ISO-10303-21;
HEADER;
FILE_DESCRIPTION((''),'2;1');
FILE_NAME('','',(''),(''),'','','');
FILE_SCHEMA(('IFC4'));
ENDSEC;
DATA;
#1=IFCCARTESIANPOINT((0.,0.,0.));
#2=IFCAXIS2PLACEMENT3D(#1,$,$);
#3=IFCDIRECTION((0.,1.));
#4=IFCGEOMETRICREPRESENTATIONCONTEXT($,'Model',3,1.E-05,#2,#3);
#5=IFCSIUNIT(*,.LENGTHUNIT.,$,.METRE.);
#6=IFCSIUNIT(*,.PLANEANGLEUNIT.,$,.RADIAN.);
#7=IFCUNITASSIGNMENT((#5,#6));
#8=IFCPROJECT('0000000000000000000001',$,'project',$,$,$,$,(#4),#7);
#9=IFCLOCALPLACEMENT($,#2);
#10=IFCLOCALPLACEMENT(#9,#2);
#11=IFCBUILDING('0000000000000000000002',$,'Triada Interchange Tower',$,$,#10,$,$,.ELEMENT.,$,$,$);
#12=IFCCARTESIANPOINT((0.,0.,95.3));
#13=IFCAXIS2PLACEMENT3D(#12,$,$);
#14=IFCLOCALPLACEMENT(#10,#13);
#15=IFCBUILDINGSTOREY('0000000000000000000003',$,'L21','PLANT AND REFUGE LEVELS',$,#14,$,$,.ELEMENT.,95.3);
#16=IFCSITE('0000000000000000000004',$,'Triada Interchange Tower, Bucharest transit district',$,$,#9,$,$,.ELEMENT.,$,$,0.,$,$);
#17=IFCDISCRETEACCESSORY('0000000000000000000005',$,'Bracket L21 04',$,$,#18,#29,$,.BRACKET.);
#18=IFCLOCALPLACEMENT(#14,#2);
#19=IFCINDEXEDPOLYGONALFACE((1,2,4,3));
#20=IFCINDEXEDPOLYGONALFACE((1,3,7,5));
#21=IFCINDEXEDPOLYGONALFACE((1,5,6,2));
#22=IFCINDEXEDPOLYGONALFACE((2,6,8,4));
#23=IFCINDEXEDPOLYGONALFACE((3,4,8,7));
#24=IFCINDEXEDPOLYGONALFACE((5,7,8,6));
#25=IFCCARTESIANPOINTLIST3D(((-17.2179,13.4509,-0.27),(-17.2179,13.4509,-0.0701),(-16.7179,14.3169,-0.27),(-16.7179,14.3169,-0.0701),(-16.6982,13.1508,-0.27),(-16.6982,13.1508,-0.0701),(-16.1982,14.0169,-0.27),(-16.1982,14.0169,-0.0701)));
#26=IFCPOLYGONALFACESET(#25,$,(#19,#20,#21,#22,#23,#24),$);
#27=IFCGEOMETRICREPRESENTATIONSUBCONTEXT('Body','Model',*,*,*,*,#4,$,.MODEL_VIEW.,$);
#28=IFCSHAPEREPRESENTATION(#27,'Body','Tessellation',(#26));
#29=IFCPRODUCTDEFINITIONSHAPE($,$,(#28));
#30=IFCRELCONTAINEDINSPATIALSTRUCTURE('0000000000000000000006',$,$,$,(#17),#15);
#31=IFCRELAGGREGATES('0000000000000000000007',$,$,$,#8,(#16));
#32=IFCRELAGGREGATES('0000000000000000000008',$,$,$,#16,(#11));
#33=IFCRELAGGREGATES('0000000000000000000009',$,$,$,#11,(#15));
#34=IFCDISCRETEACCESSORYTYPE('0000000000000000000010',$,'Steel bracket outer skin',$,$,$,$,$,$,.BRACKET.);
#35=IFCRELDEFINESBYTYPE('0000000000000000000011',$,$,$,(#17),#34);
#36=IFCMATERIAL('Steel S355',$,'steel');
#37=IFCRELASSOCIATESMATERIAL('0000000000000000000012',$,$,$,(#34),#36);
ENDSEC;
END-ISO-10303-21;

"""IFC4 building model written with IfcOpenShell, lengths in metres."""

from ifc_helpers import new_model, si_unit, direction, frame, origin, origin_2d, place, context, subcontext, project, spatial, rectangle, extrude, material, type_object, element, save


model = new_model("IFC4")

# Units and contexts
model_context = context("Model", 3, precision=1e-05, world=origin(), true_north=direction((0.0, 1.0)))
body_context = subcontext(model_context, "Body", "Model", "MODEL_VIEW")
ifc_project = project(units=[si_unit("LENGTHUNIT", "METRE"), si_unit("PLANEANGLEUNIT", "RADIAN")], contexts=[model_context])

# Site, building, storey
site_placement = place(None, origin())
site = spatial("IfcSite", under=ifc_project, at=site_placement, Name="Triada Interchange Tower, Bucharest transit district", CompositionType="ELEMENT", RefElevation=0.0)
building_placement = place(site_placement, origin())
building = spatial("IfcBuilding", under=site, at=building_placement, Name="Triada Interchange Tower", CompositionType="ELEMENT")
storey_placement = place(building_placement, frame((0.0, 0.0, 95.3)))
storey = spatial("IfcBuildingStorey", under=building, at=storey_placement, Name="L21", Description="PLANT AND REFUGE LEVELS", CompositionType="ELEMENT", Elevation=95.3)

# Shared definitions
ifc_material_1 = material(Name="Steel S355", Category="steel")

# Discrete accessory
discrete_accessory_type = type_object("IfcDiscreteAccessoryType", Name="Steel bracket outer skin", PredefinedType="BRACKET", material=ifc_material_1)
for number, where, z_axis, x_axis, name in (
    (1, (-16.708, 13.7339, -0.27), (0.0, 0.0, 1.0), (-0.866021, 0.500007, 0.0), "Bracket L21 04"),
):
    element("IfcDiscreteAccessory", number, at=place(storey_placement, frame(where, z_axis=z_axis, x_axis=x_axis)), inside=storey, type_object=discrete_accessory_type, Name=name, PredefinedType="BRACKET", context=body_context, shape_type="SweptSolid", body=[
        extrude(rectangle(XDim=0.6001, YDim=1.0, at=origin_2d()), origin(), (0.0, 0.0, 1.0), 0.2),
    ])

save(model, "model.ifc")
